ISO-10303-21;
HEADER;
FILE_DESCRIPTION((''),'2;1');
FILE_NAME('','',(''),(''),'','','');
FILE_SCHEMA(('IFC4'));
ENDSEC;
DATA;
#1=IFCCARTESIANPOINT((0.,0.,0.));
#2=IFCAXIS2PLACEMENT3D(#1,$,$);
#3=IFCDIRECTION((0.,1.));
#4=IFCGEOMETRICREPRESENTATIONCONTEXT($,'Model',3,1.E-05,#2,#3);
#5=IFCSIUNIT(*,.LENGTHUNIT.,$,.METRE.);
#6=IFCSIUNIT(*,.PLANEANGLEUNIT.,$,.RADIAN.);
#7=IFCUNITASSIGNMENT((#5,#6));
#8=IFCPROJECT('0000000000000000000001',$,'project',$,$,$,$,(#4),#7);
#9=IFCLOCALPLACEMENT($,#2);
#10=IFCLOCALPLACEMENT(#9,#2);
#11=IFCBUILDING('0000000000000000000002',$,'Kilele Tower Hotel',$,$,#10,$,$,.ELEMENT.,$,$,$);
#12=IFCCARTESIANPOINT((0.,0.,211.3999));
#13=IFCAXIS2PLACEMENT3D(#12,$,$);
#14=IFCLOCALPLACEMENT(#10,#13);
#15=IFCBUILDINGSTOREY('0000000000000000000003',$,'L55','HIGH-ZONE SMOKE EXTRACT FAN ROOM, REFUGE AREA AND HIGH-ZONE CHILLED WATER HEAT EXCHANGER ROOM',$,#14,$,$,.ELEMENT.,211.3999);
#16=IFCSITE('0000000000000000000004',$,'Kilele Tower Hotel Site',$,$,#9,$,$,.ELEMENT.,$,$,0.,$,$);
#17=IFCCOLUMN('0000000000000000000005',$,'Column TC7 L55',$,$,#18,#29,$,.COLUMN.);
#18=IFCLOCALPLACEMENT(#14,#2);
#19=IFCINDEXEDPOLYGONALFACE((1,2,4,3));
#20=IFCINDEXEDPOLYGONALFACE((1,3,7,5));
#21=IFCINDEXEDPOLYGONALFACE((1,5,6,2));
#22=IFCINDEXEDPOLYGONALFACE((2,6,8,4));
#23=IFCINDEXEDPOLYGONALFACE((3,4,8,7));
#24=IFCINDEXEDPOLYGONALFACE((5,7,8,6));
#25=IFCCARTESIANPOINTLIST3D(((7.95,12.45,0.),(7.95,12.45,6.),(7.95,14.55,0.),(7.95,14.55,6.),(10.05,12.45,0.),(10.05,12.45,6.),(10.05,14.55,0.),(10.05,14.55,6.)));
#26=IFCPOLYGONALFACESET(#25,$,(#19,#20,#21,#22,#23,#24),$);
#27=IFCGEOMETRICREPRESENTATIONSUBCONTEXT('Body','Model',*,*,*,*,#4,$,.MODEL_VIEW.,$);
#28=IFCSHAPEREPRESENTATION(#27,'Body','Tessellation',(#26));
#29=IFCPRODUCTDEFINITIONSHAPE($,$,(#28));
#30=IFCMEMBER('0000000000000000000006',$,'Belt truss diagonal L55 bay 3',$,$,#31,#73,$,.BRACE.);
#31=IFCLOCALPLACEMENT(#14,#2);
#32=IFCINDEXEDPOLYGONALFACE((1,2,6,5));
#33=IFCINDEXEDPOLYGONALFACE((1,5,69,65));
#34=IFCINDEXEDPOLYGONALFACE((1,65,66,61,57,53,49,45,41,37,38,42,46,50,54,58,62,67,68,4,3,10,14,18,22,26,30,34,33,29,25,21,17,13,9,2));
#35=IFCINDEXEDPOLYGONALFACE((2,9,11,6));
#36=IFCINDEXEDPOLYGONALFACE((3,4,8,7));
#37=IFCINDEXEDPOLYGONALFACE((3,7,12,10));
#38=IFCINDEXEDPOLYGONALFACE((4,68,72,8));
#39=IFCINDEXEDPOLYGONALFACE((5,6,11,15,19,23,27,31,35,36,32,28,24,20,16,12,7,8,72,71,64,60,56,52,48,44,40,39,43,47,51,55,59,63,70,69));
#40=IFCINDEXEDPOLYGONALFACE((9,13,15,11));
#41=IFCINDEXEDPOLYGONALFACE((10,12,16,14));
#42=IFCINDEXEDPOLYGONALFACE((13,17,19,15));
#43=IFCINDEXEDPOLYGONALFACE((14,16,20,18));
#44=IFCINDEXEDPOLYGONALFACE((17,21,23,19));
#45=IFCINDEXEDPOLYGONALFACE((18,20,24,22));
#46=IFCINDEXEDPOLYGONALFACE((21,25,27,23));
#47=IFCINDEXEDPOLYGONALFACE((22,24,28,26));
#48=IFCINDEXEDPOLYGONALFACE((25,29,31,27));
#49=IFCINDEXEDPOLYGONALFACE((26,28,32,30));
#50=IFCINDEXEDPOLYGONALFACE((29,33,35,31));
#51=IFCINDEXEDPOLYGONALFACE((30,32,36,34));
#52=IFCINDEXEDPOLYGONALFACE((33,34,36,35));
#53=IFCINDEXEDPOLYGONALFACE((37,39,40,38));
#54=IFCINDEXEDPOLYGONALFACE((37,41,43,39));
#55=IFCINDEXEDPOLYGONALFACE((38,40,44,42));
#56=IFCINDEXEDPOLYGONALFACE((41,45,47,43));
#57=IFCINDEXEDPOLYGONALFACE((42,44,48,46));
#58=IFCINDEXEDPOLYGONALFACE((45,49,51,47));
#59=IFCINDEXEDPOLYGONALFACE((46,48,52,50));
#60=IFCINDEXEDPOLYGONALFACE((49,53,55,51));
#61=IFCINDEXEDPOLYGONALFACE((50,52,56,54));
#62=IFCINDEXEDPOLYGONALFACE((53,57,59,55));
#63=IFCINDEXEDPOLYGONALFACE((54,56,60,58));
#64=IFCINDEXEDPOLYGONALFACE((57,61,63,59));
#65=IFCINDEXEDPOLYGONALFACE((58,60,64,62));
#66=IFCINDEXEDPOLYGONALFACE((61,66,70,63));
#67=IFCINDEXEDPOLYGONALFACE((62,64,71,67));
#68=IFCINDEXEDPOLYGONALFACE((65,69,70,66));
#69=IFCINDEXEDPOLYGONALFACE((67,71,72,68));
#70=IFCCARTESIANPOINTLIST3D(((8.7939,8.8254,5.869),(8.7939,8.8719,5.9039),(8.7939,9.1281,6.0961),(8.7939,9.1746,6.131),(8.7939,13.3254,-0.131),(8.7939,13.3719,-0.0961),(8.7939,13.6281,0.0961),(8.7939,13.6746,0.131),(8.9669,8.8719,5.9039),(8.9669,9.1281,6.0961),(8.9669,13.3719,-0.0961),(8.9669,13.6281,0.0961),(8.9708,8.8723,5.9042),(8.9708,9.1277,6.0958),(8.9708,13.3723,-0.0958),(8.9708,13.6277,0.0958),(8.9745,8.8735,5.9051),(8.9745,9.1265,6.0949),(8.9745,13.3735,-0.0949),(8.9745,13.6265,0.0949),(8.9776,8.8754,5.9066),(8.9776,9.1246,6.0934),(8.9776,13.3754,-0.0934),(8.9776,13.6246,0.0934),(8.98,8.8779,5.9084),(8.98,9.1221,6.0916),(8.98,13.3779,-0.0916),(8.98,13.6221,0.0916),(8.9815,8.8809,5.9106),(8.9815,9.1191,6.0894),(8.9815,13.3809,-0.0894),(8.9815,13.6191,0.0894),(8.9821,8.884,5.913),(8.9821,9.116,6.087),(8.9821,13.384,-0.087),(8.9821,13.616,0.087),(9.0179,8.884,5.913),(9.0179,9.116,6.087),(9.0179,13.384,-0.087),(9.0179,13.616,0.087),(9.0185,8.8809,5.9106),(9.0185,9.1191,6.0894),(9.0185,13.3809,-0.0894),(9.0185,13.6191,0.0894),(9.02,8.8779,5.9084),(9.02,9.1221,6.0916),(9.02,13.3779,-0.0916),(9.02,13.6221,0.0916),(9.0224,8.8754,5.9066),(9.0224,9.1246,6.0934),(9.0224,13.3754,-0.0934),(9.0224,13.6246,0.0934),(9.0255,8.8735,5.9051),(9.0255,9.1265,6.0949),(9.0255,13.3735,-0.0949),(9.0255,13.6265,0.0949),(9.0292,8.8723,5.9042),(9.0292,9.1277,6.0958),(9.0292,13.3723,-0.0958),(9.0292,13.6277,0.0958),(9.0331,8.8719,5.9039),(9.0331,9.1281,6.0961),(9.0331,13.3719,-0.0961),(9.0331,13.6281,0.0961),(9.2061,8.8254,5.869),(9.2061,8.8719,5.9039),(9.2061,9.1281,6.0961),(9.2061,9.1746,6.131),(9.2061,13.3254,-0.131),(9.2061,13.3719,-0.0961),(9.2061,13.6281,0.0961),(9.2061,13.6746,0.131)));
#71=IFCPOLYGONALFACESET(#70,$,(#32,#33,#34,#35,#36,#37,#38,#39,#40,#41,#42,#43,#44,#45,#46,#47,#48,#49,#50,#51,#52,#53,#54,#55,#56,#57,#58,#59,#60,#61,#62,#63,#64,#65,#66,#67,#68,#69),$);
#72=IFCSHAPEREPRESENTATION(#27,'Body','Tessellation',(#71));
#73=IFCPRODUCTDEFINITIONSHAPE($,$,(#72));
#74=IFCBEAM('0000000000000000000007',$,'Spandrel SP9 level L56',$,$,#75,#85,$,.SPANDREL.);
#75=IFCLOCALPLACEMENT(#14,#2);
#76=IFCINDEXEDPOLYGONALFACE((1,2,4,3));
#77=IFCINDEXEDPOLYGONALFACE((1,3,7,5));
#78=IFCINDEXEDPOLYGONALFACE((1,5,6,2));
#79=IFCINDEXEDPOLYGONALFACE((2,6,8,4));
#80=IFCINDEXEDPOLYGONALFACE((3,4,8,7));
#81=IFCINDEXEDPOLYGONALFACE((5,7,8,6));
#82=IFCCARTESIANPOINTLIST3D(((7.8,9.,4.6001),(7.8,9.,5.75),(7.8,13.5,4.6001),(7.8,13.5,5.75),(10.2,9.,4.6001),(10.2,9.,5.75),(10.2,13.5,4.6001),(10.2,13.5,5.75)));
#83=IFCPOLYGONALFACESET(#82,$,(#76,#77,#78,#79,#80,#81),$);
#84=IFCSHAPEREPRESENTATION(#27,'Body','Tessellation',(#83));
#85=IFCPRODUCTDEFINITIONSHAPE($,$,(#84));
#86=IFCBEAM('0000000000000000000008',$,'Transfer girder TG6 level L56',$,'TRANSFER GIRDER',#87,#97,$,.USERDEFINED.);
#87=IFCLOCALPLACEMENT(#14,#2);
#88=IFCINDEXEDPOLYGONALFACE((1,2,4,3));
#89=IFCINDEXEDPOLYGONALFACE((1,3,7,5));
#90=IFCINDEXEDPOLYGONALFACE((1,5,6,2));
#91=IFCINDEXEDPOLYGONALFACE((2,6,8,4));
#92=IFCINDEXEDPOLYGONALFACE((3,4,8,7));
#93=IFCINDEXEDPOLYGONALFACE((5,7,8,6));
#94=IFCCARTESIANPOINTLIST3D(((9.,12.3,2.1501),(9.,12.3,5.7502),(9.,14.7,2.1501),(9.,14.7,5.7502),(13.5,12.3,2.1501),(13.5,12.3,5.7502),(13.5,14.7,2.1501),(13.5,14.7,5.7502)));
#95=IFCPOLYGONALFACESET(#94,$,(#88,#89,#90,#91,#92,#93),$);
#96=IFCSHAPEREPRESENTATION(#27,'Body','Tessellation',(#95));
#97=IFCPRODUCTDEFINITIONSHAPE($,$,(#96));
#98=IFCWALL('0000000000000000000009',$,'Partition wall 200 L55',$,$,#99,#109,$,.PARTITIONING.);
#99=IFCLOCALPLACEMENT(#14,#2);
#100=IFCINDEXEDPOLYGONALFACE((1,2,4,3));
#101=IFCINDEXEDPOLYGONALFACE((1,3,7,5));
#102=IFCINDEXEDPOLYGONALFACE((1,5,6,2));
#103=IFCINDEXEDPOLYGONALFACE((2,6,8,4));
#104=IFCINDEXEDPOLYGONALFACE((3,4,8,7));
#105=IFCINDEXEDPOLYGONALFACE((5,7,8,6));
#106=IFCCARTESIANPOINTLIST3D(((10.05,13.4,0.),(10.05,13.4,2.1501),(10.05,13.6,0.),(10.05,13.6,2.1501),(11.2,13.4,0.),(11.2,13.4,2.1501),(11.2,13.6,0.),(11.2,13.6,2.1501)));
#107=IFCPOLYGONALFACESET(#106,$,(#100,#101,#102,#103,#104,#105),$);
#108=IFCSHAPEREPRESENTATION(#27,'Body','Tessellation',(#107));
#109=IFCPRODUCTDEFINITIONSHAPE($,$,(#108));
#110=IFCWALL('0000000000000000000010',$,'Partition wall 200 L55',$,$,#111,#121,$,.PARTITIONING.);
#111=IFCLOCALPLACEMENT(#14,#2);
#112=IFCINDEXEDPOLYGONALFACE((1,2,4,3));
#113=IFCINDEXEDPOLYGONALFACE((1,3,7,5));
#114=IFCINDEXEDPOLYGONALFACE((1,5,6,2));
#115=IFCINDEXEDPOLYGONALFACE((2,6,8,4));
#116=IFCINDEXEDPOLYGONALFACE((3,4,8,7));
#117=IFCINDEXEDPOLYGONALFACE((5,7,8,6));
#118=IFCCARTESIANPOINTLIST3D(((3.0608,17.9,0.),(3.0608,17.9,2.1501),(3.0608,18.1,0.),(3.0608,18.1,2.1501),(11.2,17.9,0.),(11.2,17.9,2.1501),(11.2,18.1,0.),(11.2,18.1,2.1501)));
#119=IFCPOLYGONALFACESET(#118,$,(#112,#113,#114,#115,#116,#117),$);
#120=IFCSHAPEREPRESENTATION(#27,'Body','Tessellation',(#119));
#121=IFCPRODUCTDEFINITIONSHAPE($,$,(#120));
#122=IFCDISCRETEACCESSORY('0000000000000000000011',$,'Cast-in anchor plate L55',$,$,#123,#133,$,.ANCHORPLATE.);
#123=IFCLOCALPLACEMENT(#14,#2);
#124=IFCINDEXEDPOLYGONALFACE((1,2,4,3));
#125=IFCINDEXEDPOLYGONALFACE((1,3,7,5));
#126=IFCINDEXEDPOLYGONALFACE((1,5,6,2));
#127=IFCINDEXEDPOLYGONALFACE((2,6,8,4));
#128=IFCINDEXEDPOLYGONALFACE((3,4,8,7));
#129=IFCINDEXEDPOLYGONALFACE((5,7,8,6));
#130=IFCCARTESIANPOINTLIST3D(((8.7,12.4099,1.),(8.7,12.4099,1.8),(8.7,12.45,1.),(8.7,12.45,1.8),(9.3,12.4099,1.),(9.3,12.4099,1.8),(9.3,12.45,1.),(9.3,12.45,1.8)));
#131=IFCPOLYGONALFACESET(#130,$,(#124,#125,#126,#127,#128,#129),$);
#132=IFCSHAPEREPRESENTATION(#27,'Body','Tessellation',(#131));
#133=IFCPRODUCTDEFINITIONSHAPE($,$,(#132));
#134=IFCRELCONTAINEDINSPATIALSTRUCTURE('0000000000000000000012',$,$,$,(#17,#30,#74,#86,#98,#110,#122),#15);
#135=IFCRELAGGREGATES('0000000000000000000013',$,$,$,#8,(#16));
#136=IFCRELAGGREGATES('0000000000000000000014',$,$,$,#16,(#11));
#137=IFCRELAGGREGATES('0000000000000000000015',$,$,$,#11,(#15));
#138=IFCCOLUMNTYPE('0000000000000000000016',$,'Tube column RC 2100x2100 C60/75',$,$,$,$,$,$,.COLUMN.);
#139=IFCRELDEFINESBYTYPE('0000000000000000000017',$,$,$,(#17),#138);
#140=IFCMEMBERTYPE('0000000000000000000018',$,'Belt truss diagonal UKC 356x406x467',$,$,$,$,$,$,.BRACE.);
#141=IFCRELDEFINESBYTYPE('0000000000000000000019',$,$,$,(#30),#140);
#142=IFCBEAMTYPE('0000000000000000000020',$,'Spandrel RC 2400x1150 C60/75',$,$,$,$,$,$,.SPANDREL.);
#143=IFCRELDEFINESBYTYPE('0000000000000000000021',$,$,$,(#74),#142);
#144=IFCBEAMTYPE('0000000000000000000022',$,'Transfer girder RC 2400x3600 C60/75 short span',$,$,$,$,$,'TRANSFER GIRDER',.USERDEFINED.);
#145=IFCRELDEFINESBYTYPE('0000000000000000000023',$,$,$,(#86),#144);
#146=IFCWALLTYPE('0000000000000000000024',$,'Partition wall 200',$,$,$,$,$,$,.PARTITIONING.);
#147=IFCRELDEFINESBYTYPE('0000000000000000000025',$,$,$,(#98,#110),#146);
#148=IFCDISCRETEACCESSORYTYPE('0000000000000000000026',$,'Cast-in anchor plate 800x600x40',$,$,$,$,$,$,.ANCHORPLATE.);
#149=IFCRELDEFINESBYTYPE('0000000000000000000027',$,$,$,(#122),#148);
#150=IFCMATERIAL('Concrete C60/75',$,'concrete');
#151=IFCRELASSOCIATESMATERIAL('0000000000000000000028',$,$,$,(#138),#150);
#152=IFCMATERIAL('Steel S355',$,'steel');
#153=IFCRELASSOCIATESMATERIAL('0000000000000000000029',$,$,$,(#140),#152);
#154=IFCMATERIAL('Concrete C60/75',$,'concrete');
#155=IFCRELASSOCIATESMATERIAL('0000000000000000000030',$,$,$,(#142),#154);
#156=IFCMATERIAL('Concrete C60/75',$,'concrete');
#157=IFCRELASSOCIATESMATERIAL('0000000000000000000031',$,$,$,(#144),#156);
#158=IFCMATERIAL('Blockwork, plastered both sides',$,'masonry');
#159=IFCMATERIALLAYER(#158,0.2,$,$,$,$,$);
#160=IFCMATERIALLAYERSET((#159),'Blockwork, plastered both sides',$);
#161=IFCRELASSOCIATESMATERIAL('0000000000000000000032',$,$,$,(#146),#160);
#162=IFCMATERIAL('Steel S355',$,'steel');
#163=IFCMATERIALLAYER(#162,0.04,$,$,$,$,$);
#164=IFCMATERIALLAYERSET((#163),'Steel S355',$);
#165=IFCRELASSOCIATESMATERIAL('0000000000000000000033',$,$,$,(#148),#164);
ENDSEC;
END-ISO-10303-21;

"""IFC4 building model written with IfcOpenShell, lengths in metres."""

from ifc_helpers import new_model, si_unit, direction, frame, frame_2d, origin, origin_2d, place, context, subcontext, project, spatial, polyline, rectangle, i_section, outline, extrude, source, transform, mapped, material, layer, layer_set, material_profile, profile_set, type_object, element, save


model = new_model("IFC4")

# Units and contexts
model_context = context("Model", 3, precision=1e-05, world=origin(), true_north=direction((0.0, 1.0)))
body_context = subcontext(model_context, "Body", "Model", "MODEL_VIEW")
ifc_project = project(units=[si_unit("LENGTHUNIT", "METRE"), si_unit("PLANEANGLEUNIT", "RADIAN")], contexts=[model_context])

# Site, building, storey
site_placement = place(None, origin())
site = spatial("IfcSite", under=ifc_project, at=site_placement, Name="Kilele Tower Hotel Site", CompositionType="ELEMENT", RefElevation=0.0)
building_placement = place(site_placement, origin())
building = spatial("IfcBuilding", under=site, at=building_placement, Name="Kilele Tower Hotel", CompositionType="ELEMENT")
storey_placement = place(building_placement, frame((0.0, 0.0, 211.3999)))
storey = spatial("IfcBuildingStorey", under=building, at=storey_placement, Name="L55", Description="HIGH-ZONE SMOKE EXTRACT FAN ROOM, REFUGE AREA AND HIGH-ZONE CHILLED WATER HEAT EXCHANGER ROOM", CompositionType="ELEMENT", Elevation=211.3999)

# Column
ifc_material_1 = material(Name="Concrete C60/75", Category="concrete")
ifc_material_profile_1 = material_profile(ifc_material_1, rectangle(XDim=2.1001, YDim=2.1001, at=origin_2d()))
ifc_profile_set_1 = profile_set([ifc_material_profile_1], Name="Concrete C60/75")
column_type = type_object("IfcColumnType", Name="Tube column RC 2100x2100 C60/75", PredefinedType="COLUMN", material=ifc_profile_set_1)
column_placement = place(storey_placement, frame((9.0, 13.5, 0.0), z_axis=(0.0, 0.0, 1.0), x_axis=(1.0, 0.0, 0.0)))
element("IfcColumn", 1, at=column_placement, inside=storey, type_object=column_type, Name="Column TC7 L55", PredefinedType="COLUMN", context=body_context, shape_type="SweptSolid", body=[
    extrude(rectangle(XDim=2.1001, YDim=2.1001, at=origin_2d()), origin(), (0.0, 0.0, 1.0), 6.0),
])

# Member
ifc_material_2 = material(Name="Steel S355", Category="steel")
ifc_material_profile_2 = material_profile(ifc_material_2, i_section(OverallWidth=0.4121, OverallDepth=0.4365, WebThickness=0.0359, FlangeThickness=0.0581, FilletRadius=0.0151, at=origin_2d()))
ifc_profile_set_2 = profile_set([ifc_material_profile_2], Name="Steel S355")
member_type = type_object("IfcMemberType", Name="Belt truss diagonal UKC 356x406x467", PredefinedType="BRACE", material=ifc_profile_set_2)
member_placement = place(storey_placement, frame((9.0, 13.5, 0.0), z_axis=(0.0, -0.6, 0.8), x_axis=(1.0, 0.0, 0.0)))
element("IfcMember", 2, at=member_placement, inside=storey, type_object=member_type, Name="Belt truss diagonal L55 bay 3", PredefinedType="BRACE", context=body_context, shape_type="SweptSolid", body=[
    extrude(i_section(OverallWidth=0.4121, OverallDepth=0.4365, WebThickness=0.0359, FlangeThickness=0.0581, FilletRadius=0.0151, at=origin_2d()), origin(), (0.0, 0.0, 1.0), 7.5),
])

# Beams
ifc_material_3 = material(Name="Concrete C60/75", Category="concrete")
ifc_material_profile_3 = material_profile(ifc_material_3, rectangle(XDim=2.3999, YDim=1.1499, at=origin_2d()))
ifc_profile_set_3 = profile_set([ifc_material_profile_3], Name="Concrete C60/75")
beam_type_1 = type_object("IfcBeamType", Name="Spandrel RC 2400x1150 C60/75", PredefinedType="SPANDREL", material=ifc_profile_set_3)
beam_1_placement = place(storey_placement, frame((9.0, 13.5, 5.175), z_axis=(0.0, -1.0, 0.0), x_axis=(1.0, 0.0, 0.0)))
element("IfcBeam", 3, at=beam_1_placement, inside=storey, type_object=beam_type_1, Name="Spandrel SP9 level L56", PredefinedType="SPANDREL", context=body_context, shape_type="SweptSolid", body=[
    extrude(rectangle(XDim=2.3999, YDim=1.1499, at=origin_2d()), origin(), (0.0, 0.0, 1.0), 4.5),
])
ifc_material_4 = material(Name="Concrete C60/75", Category="concrete")
ifc_material_profile_4 = material_profile(ifc_material_4, rectangle(XDim=2.3999, YDim=3.6001, at=origin_2d()))
ifc_profile_set_4 = profile_set([ifc_material_profile_4], Name="Concrete C60/75")
beam_type_2 = type_object("IfcBeamType", Name="Transfer girder RC 2400x3600 C60/75 short span", ElementType="TRANSFER GIRDER", PredefinedType="USERDEFINED", material=ifc_profile_set_4)
beam_2_placement = place(storey_placement, frame((9.0, 13.5, 3.9502), z_axis=(1.0, 0.0, 0.0), x_axis=(0.0, 1.0, 0.0)))
element("IfcBeam", 4, at=beam_2_placement, inside=storey, type_object=beam_type_2, Name="Transfer girder TG6 level L56", ObjectType="TRANSFER GIRDER", PredefinedType="USERDEFINED", context=body_context, shape_type="SweptSolid", body=[
    extrude(rectangle(XDim=2.3999, YDim=3.6001, at=origin_2d()), origin(), (0.0, 0.0, 1.0), 4.5),
])

# Walls
ifc_material_5 = material(Name="Blockwork, plastered both sides", Category="masonry")
ifc_layer_1 = layer(ifc_material_5, 0.2)
ifc_layer_set_1 = layer_set([ifc_layer_1], Name="Blockwork, plastered both sides")
wall_type = type_object("IfcWallType", Name="Partition wall 200", PredefinedType="PARTITIONING", material=ifc_layer_set_1)
wall_1_placement = place(storey_placement, frame((11.2, 13.5, 0.0), z_axis=(0.0, 0.0, 1.0), x_axis=(-1.0, 0.0, 0.0)))
element("IfcWall", 5, at=wall_1_placement, inside=storey, type_object=wall_type, Name="Partition wall 200 L55", PredefinedType="PARTITIONING", context=body_context, shape_type="SweptSolid", body=[
    extrude(rectangle(XDim=1.1499, YDim=0.2, at=frame_2d((0.575, 0.0))), origin(), (0.0, 0.0, 1.0), 2.1501),
])
wall_2_placement = place(storey_placement, frame((11.2, 18.0, 0.0), z_axis=(0.0, 0.0, 1.0), x_axis=(-1.0, 0.0, 0.0)))
element("IfcWall", 6, at=wall_2_placement, inside=storey, type_object=wall_type, Name="Partition wall 200 L55", PredefinedType="PARTITIONING", context=body_context, shape_type="SweptSolid", body=[
    extrude(rectangle(XDim=8.1392, YDim=0.2, at=frame_2d((4.0696, 0.0))), origin(), (0.0, 0.0, 1.0), 2.1501),
])

# Discrete accessory
ifc_material_6 = material(Name="Steel S355", Category="steel")
ifc_layer_2 = layer(ifc_material_6, 0.04)
ifc_layer_set_2 = layer_set([ifc_layer_2], Name="Steel S355")
discrete_accessory_type = type_object("IfcDiscreteAccessoryType", Name="Cast-in anchor plate 800x600x40", PredefinedType="ANCHORPLATE", material=ifc_layer_set_2)
shared_shape = source(origin(), body_context, "Body", "SweptSolid", [
    extrude(outline(polyline([(0.0, 0.0), (0.04, 0.0), (0.04, 0.8), (0.0, 0.8), (0.0, 0.0)])), origin(), (0.0, 0.0, 1.0), 0.6001),
])
discrete_accessory_placement = place(storey_placement, frame((9.3, 12.45, 1.0), z_axis=(-1.0, 0.0, 0.0), x_axis=(0.0, -1.0, 0.0)))
element("IfcDiscreteAccessory", 7, at=discrete_accessory_placement, inside=storey, type_object=discrete_accessory_type, Name="Cast-in anchor plate L55", PredefinedType="ANCHORPLATE", context=body_context, shape_type="MappedRepresentation", body=[
    mapped(shared_shape, transform((0.0, 0.0, 0.0))),
])

save(model, "model.ifc")
